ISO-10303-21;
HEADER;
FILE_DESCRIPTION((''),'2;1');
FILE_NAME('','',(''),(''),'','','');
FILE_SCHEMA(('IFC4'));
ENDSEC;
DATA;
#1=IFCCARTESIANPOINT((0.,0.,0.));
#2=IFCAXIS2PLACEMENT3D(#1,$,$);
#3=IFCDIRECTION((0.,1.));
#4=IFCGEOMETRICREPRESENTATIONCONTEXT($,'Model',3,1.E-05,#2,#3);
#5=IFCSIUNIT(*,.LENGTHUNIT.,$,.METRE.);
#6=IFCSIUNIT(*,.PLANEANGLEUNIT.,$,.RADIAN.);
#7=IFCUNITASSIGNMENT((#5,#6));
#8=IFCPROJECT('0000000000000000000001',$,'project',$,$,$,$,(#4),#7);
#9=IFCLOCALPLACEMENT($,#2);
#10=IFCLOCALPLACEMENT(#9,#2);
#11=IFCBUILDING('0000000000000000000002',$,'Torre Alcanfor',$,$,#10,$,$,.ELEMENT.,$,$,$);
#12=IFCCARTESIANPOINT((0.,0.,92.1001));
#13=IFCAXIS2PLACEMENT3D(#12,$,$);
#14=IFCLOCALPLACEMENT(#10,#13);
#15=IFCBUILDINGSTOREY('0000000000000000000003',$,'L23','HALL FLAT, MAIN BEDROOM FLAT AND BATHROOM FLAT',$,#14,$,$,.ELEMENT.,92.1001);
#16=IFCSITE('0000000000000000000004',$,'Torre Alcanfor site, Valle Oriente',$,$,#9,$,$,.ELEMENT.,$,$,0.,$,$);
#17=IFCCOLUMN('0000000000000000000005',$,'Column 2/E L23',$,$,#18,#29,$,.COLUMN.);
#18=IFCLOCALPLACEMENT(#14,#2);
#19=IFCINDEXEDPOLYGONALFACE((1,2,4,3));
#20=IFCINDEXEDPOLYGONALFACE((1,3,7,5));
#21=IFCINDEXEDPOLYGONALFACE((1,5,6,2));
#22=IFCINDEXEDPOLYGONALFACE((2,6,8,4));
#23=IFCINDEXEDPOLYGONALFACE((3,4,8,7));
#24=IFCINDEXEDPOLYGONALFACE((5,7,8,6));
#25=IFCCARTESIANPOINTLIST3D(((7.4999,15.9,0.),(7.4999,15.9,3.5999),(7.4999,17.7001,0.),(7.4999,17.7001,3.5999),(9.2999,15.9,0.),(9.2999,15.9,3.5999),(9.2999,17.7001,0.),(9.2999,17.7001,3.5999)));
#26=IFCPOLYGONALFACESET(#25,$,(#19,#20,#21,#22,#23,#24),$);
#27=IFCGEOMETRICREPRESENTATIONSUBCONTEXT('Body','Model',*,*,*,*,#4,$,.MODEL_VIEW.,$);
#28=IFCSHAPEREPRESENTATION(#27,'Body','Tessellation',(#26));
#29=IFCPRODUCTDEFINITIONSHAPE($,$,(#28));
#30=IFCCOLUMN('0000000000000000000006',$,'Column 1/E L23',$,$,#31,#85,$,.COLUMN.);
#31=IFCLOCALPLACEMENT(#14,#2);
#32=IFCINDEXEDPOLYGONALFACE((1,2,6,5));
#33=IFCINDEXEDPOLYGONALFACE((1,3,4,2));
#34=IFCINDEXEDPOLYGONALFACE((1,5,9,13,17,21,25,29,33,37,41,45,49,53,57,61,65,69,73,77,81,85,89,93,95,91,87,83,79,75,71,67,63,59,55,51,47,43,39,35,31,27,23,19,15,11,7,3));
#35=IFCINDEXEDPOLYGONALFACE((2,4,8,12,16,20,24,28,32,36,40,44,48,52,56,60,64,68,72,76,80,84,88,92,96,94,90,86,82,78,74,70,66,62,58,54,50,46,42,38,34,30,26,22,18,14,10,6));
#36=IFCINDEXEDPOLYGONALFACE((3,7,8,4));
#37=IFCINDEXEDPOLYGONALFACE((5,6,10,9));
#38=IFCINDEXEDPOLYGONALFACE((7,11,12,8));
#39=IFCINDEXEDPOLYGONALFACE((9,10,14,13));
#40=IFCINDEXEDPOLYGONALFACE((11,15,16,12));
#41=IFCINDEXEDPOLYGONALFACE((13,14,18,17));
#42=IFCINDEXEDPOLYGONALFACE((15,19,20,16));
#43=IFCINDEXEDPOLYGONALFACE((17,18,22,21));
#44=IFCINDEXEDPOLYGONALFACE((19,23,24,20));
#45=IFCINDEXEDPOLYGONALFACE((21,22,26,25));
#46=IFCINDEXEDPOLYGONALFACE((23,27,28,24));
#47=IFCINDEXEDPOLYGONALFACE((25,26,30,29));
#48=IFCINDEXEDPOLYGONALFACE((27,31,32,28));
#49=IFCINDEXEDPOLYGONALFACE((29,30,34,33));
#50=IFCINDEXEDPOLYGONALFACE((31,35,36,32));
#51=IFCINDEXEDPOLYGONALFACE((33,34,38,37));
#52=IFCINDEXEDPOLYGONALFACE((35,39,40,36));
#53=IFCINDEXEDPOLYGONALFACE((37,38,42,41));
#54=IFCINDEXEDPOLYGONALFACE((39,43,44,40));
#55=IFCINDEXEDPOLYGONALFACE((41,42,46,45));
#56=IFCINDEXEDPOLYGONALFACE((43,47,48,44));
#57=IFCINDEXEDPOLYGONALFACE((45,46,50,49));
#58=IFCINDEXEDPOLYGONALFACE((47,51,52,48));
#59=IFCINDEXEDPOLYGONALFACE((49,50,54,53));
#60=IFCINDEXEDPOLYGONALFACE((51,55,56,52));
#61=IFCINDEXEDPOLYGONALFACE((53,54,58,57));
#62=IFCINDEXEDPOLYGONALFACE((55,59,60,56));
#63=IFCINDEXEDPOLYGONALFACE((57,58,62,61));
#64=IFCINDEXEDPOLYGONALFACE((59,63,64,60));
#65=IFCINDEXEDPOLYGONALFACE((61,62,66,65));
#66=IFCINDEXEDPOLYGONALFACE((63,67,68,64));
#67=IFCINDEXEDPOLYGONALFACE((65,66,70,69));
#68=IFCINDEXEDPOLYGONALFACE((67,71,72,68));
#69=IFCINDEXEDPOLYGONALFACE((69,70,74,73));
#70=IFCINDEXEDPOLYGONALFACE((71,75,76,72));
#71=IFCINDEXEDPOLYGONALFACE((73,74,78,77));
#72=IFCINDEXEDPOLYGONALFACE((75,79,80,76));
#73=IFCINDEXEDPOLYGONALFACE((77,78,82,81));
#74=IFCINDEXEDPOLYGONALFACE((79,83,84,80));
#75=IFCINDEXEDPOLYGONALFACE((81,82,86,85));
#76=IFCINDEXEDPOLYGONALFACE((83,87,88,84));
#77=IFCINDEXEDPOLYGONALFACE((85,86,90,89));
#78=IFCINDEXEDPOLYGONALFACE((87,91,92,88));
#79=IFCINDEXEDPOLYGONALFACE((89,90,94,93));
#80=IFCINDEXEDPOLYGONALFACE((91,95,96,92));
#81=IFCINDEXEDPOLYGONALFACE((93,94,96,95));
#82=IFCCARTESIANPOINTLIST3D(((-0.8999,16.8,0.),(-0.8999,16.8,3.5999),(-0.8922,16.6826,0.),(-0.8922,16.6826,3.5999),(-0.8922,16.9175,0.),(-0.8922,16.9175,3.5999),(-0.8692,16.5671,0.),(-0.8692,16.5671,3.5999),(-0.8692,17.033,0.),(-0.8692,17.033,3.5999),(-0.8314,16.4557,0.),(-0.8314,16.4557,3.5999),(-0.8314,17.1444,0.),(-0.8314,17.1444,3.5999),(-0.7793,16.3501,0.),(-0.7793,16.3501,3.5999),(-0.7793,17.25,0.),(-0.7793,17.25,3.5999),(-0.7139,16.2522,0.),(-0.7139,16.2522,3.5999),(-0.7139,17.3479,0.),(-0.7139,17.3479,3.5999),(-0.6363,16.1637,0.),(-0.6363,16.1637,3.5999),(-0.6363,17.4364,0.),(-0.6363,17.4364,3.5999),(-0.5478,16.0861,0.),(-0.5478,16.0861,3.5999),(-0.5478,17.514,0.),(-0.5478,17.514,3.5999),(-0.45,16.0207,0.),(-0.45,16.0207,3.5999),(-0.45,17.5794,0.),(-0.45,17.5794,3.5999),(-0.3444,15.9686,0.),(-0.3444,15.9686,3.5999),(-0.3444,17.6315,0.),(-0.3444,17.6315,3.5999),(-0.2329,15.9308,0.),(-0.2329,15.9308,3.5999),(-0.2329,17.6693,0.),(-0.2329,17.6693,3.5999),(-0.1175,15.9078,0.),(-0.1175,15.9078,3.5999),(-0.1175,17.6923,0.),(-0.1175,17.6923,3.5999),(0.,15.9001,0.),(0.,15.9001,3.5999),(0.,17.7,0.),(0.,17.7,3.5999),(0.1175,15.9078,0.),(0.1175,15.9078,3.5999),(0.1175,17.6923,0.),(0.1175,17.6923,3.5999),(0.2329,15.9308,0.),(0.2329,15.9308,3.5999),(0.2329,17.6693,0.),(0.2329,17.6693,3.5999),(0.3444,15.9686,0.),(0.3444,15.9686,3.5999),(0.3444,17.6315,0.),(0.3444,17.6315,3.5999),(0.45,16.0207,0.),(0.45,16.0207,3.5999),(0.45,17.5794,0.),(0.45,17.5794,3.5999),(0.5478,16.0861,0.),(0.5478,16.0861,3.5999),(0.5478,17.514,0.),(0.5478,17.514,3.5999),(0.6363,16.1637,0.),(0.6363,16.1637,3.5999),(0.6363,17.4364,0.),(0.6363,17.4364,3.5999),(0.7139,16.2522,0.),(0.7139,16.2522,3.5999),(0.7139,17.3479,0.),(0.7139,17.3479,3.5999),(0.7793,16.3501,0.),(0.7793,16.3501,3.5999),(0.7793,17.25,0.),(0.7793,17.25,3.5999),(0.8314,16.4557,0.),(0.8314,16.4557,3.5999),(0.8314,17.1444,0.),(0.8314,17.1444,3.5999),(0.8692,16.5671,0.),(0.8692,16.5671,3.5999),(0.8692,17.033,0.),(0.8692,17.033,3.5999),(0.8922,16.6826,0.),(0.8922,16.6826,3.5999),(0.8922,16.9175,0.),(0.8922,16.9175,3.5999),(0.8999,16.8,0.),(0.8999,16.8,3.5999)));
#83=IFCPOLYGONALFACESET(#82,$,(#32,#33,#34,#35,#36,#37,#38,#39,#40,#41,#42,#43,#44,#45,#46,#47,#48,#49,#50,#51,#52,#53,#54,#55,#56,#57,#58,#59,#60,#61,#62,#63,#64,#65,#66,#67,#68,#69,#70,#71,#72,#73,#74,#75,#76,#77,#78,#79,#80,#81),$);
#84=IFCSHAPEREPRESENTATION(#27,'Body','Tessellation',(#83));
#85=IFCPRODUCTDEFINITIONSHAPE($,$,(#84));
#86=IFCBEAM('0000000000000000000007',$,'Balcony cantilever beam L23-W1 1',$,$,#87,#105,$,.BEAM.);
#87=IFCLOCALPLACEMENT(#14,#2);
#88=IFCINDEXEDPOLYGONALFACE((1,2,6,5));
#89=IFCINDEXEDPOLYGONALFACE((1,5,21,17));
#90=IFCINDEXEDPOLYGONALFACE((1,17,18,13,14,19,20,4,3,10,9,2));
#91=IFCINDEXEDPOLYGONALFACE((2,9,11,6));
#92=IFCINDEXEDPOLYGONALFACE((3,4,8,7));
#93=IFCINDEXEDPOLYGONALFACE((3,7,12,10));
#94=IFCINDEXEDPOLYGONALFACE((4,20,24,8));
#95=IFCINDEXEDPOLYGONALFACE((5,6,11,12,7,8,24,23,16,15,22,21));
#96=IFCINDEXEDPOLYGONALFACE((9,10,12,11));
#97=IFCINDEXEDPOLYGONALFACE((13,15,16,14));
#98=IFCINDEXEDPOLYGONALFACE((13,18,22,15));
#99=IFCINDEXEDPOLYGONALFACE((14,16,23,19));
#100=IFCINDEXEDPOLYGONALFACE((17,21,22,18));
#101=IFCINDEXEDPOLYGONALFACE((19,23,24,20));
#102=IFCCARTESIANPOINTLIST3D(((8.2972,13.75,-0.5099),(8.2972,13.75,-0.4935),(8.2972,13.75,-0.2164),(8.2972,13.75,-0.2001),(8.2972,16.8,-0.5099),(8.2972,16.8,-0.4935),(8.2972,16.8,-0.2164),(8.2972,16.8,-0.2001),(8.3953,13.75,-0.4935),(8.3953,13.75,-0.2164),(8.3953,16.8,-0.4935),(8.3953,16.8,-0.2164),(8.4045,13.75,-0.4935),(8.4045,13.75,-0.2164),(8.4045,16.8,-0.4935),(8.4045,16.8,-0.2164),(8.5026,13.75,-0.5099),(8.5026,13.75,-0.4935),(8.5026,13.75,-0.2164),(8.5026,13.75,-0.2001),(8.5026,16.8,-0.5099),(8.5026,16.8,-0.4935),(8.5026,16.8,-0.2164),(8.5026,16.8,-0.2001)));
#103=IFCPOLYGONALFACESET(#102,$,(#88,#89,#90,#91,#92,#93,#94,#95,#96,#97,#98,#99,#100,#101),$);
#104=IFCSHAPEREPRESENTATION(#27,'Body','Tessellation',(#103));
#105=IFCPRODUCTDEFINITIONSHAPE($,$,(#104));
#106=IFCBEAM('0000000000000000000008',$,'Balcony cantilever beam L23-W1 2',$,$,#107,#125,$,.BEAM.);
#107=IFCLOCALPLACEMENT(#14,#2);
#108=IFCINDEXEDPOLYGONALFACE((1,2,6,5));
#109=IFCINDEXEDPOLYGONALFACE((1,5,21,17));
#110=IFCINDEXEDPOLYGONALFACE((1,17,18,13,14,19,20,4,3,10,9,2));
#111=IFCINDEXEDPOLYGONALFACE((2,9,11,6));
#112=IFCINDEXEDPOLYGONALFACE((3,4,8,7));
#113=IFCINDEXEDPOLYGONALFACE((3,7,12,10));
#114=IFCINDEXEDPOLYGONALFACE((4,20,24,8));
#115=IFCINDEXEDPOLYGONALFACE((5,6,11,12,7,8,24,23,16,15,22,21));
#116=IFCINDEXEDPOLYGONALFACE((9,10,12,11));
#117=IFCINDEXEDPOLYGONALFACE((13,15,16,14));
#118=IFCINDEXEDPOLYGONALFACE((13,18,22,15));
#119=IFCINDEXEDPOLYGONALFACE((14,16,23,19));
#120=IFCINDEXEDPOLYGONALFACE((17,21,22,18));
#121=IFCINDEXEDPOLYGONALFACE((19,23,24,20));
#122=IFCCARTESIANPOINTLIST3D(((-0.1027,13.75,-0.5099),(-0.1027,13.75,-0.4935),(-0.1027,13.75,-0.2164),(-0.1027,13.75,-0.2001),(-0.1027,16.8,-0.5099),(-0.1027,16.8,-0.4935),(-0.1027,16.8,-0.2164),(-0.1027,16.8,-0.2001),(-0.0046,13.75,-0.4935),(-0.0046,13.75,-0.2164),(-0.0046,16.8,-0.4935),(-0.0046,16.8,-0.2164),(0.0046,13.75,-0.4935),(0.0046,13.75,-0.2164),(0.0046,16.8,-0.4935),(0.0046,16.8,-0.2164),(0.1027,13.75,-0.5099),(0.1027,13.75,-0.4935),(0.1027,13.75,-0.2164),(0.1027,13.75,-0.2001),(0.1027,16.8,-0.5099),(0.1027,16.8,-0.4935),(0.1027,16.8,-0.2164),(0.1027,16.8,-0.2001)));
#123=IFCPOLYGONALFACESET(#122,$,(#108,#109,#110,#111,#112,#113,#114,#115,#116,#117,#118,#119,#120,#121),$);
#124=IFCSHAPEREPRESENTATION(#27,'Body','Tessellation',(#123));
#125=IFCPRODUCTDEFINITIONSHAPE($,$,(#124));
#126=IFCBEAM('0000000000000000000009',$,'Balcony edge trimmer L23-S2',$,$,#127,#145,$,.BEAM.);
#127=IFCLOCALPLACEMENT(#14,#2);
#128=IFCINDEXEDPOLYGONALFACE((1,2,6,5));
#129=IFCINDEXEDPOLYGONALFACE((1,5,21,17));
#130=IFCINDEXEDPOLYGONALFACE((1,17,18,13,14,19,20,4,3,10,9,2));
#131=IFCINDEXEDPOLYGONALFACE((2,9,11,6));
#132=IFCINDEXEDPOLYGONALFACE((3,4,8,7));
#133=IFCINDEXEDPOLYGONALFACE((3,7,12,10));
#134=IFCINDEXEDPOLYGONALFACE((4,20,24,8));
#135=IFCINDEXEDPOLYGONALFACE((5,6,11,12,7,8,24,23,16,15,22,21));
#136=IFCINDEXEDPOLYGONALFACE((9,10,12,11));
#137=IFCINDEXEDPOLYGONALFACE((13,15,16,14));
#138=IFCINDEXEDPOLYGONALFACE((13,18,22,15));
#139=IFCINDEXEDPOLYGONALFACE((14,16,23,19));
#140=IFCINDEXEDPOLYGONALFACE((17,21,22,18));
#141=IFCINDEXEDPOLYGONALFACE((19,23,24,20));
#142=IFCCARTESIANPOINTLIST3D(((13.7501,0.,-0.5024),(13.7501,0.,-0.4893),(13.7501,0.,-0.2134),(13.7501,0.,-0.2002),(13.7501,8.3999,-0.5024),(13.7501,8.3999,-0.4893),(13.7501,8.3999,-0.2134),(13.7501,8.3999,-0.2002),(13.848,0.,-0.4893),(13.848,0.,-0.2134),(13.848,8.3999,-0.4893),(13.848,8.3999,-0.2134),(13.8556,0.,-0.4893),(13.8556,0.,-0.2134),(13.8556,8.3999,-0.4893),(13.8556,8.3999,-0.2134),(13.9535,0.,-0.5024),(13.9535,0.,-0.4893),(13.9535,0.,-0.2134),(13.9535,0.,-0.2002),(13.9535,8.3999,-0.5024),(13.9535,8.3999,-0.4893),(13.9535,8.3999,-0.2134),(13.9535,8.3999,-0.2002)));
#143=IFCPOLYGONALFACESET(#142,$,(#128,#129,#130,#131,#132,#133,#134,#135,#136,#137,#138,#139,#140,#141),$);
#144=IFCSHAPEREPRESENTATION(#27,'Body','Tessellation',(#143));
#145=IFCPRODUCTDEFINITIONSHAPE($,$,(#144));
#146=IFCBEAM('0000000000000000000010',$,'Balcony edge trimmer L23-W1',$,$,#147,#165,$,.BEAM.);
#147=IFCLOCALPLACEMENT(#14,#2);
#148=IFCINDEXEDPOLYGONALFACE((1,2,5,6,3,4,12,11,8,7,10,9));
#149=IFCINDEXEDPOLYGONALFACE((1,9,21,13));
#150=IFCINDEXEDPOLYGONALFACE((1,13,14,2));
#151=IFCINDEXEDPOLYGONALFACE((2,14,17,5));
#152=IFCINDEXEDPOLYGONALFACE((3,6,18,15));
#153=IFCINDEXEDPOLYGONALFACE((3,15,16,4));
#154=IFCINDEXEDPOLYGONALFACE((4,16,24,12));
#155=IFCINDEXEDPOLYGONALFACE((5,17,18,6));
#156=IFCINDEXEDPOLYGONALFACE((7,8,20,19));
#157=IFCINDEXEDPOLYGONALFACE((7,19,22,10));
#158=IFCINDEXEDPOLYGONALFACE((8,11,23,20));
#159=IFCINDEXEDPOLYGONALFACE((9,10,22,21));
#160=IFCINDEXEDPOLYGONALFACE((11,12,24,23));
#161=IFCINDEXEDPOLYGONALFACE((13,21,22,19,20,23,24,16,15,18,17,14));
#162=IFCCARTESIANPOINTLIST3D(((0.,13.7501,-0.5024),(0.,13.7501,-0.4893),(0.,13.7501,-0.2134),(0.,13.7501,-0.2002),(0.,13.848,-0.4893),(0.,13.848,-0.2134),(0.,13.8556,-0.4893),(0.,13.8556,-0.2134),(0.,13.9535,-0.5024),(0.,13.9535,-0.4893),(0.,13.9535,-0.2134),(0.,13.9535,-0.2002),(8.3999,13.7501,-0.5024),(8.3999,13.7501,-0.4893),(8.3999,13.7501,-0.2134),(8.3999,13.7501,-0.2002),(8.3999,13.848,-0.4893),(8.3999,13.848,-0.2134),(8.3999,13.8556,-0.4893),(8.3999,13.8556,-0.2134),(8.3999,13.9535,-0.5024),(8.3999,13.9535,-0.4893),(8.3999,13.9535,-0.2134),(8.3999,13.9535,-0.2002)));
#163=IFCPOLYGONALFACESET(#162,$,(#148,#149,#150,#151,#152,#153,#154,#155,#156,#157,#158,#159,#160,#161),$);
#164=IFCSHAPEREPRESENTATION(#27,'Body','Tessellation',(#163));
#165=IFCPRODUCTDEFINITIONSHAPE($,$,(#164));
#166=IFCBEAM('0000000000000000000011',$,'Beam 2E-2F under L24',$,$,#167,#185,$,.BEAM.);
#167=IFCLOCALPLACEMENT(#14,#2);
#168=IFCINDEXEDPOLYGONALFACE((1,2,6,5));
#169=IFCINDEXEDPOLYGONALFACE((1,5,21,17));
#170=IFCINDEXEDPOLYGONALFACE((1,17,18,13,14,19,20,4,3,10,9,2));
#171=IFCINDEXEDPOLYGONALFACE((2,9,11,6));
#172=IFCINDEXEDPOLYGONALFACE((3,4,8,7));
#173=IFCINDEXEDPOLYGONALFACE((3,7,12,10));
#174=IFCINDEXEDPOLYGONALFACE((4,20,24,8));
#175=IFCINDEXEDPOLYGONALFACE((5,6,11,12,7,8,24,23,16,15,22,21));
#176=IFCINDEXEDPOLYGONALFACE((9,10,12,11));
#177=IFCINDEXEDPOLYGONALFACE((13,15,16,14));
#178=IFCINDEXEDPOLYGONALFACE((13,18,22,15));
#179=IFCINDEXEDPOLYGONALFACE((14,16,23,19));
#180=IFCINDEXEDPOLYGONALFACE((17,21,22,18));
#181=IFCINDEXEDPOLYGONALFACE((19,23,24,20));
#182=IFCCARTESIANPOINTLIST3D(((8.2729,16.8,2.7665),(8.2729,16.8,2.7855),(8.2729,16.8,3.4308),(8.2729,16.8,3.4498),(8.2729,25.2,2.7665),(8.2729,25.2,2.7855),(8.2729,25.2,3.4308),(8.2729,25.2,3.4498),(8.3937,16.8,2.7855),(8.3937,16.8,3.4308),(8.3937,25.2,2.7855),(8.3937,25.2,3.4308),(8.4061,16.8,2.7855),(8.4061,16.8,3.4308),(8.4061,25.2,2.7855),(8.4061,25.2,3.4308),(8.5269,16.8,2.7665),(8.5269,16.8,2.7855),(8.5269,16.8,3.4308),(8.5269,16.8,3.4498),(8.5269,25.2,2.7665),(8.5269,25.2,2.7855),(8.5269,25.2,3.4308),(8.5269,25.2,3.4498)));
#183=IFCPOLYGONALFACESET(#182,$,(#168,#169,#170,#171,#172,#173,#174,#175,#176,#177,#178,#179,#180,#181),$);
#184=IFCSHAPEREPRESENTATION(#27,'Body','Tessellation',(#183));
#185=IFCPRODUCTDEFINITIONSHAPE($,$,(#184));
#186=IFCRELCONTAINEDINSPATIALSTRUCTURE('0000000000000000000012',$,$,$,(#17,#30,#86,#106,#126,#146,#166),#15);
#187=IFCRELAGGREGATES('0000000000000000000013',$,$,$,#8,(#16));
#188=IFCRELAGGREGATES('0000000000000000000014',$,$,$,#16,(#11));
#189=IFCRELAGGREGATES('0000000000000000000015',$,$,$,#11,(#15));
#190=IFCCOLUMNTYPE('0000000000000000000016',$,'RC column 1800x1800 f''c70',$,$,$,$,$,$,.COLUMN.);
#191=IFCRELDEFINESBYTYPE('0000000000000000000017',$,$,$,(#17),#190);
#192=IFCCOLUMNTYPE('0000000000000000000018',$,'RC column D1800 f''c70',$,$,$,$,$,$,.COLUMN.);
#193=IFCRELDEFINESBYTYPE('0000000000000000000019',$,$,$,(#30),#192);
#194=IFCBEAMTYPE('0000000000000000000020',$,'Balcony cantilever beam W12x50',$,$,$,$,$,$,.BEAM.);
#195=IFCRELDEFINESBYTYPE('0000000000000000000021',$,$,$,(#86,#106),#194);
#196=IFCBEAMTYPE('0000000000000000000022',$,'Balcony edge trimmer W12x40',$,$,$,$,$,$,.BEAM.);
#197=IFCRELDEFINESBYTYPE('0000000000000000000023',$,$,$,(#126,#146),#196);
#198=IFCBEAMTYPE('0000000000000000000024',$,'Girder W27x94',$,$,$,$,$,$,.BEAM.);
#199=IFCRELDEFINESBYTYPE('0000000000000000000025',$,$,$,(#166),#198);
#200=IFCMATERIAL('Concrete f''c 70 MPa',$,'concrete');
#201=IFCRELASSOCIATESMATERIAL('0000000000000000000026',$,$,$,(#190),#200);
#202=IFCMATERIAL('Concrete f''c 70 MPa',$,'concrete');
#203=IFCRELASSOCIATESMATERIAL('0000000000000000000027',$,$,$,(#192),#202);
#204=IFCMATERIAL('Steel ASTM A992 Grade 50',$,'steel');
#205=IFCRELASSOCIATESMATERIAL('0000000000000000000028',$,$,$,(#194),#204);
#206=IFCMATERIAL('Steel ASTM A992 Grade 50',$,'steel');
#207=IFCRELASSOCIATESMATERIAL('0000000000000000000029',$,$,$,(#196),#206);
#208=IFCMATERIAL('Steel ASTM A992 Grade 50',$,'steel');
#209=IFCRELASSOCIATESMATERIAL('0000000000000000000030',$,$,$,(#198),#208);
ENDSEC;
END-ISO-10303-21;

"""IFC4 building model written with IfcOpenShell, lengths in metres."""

from ifc_helpers import new_model, si_unit, direction, frame, origin, origin_2d, place, context, subcontext, project, spatial, rectangle, circle, i_section, extrude, material, material_profile, profile_set, type_object, element, save


model = new_model("IFC4")

# Units and contexts
model_context = context("Model", 3, precision=1e-05, world=origin(), true_north=direction((0.0, 1.0)))
body_context = subcontext(model_context, "Body", "Model", "MODEL_VIEW")
ifc_project = project(units=[si_unit("LENGTHUNIT", "METRE"), si_unit("PLANEANGLEUNIT", "RADIAN")], contexts=[model_context])

# Site, building, storey
site_placement = place(None, origin())
site = spatial("IfcSite", under=ifc_project, at=site_placement, Name="Torre Alcanfor site, Valle Oriente", CompositionType="ELEMENT", RefElevation=0.0)
building_placement = place(site_placement, origin())
building = spatial("IfcBuilding", under=site, at=building_placement, Name="Torre Alcanfor", CompositionType="ELEMENT")
storey_placement = place(building_placement, frame((0.0, 0.0, 92.1001)))
storey = spatial("IfcBuildingStorey", under=building, at=storey_placement, Name="L23", Description="HALL FLAT, MAIN BEDROOM FLAT AND BATHROOM FLAT", CompositionType="ELEMENT", Elevation=92.1001)

# Columns
ifc_material_1 = material(Name="Concrete f'c 70 MPa", Category="concrete")
ifc_material_profile_1 = material_profile(ifc_material_1, rectangle(XDim=1.8, YDim=1.8, at=origin_2d()), Name="1800x1800")
ifc_profile_set_1 = profile_set([ifc_material_profile_1], Name="Concrete f'c 70 MPa")
column_type_1 = type_object("IfcColumnType", Name="RC column 1800x1800 f'c70", PredefinedType="COLUMN", material=ifc_profile_set_1)
column_1_placement = place(storey_placement, frame((8.3999, 16.8, 0.0), z_axis=(0.0, 0.0, 1.0), x_axis=(1.0, 0.0, 0.0)))
element("IfcColumn", 1, at=column_1_placement, inside=storey, type_object=column_type_1, Name="Column 2/E L23", PredefinedType="COLUMN", context=body_context, shape_type="SweptSolid", body=[
    extrude(rectangle(XDim=1.8, YDim=1.8, at=origin_2d()), origin(), (0.0, 0.0, 1.0), 3.5999),
])
ifc_material_2 = material(Name="Concrete f'c 70 MPa", Category="concrete")
ifc_material_profile_2 = material_profile(ifc_material_2, circle(Radius=0.8999, at=origin_2d()), Name="D1800")
ifc_profile_set_2 = profile_set([ifc_material_profile_2], Name="Concrete f'c 70 MPa")
column_type_2 = type_object("IfcColumnType", Name="RC column D1800 f'c70", PredefinedType="COLUMN", material=ifc_profile_set_2)
column_2_placement = place(storey_placement, frame((0.0, 16.8, 0.0), z_axis=(0.0, 0.0, 1.0), x_axis=(1.0, 0.0, 0.0)))
element("IfcColumn", 2, at=column_2_placement, inside=storey, type_object=column_type_2, Name="Column 1/E L23", PredefinedType="COLUMN", context=body_context, shape_type="SweptSolid", body=[
    extrude(circle(Radius=0.8999, at=origin_2d()), origin(), (0.0, 0.0, 1.0), 3.5999),
])

# Beams
ifc_material_3 = material(Name="Steel ASTM A992 Grade 50", Category="steel")
ifc_material_profile_3 = material_profile(ifc_material_3, i_section(OverallWidth=0.2053, OverallDepth=0.3098, WebThickness=0.0093, FlangeThickness=0.0164, at=origin_2d()), Name="W12x50")
ifc_profile_set_3 = profile_set([ifc_material_profile_3], Name="Steel ASTM A992 Grade 50")
beam_type_1 = type_object("IfcBeamType", Name="Balcony cantilever beam W12x50", PredefinedType="BEAM", material=ifc_profile_set_3)
for number, where, z_axis, x_axis, name in (
    (3, (8.3999, 16.8, -0.355), (0.0, -1.0, 0.0), (1.0, 0.0, 0.0), "Balcony cantilever beam L23-W1 1"),
    (4, (0.0, 16.8, -0.355), (0.0, -1.0, 0.0), (1.0, 0.0, 0.0), "Balcony cantilever beam L23-W1 2"),
):
    element("IfcBeam", number, at=place(storey_placement, frame(where, z_axis=z_axis, x_axis=x_axis)), inside=storey, type_object=beam_type_1, Name=name, PredefinedType="BEAM", context=body_context, shape_type="SweptSolid", body=[
        extrude(i_section(OverallWidth=0.2053, OverallDepth=0.3098, WebThickness=0.0093, FlangeThickness=0.0164, at=origin_2d()), origin(), (0.0, 0.0, 1.0), 3.05),
    ])
ifc_material_4 = material(Name="Steel ASTM A992 Grade 50", Category="steel")
ifc_material_profile_4 = material_profile(ifc_material_4, i_section(OverallWidth=0.2034, OverallDepth=0.3022, WebThickness=0.0076, FlangeThickness=0.0132, at=origin_2d()), Name="W12x40")
ifc_profile_set_4 = profile_set([ifc_material_profile_4], Name="Steel ASTM A992 Grade 50")
beam_type_2 = type_object("IfcBeamType", Name="Balcony edge trimmer W12x40", PredefinedType="BEAM", material=ifc_profile_set_4)
for number, where, z_axis, x_axis, name in (
    (5, (13.8518, 8.3999, -0.3513), (0.0, -1.0, 0.0), (1.0, 0.0, 0.0), "Balcony edge trimmer L23-S2"),
    (6, (8.3999, 13.8518, -0.3513), (-1.0, 0.0, 0.0), (0.0, -1.0, 0.0), "Balcony edge trimmer L23-W1"),
):
    element("IfcBeam", number, at=place(storey_placement, frame(where, z_axis=z_axis, x_axis=x_axis)), inside=storey, type_object=beam_type_2, Name=name, PredefinedType="BEAM", context=body_context, shape_type="SweptSolid", body=[
        extrude(i_section(OverallWidth=0.2034, OverallDepth=0.3022, WebThickness=0.0076, FlangeThickness=0.0132, at=origin_2d()), origin(), (0.0, 0.0, 1.0), 8.3999),
    ])
ifc_material_5 = material(Name="Steel ASTM A992 Grade 50", Category="steel")
ifc_material_profile_5 = material_profile(ifc_material_5, i_section(OverallWidth=0.2539, OverallDepth=0.6833, WebThickness=0.0125, FlangeThickness=0.019, at=origin_2d()), Name="W27x94")
ifc_profile_set_5 = profile_set([ifc_material_profile_5], Name="Steel ASTM A992 Grade 50")
beam_type_3 = type_object("IfcBeamType", Name="Girder W27x94", PredefinedType="BEAM", material=ifc_profile_set_5)
beam_1_placement = place(storey_placement, frame((8.3999, 16.8, 3.1082), z_axis=(0.0, 1.0, 0.0), x_axis=(-1.0, 0.0, 0.0)))
element("IfcBeam", 7, at=beam_1_placement, inside=storey, type_object=beam_type_3, Name="Beam 2E-2F under L24", PredefinedType="BEAM", context=body_context, shape_type="SweptSolid", body=[
    extrude(i_section(OverallWidth=0.2539, OverallDepth=0.6833, WebThickness=0.0125, FlangeThickness=0.019, at=origin_2d()), origin(), (0.0, 0.0, 1.0), 8.3999),
])

save(model, "model.ifc")
